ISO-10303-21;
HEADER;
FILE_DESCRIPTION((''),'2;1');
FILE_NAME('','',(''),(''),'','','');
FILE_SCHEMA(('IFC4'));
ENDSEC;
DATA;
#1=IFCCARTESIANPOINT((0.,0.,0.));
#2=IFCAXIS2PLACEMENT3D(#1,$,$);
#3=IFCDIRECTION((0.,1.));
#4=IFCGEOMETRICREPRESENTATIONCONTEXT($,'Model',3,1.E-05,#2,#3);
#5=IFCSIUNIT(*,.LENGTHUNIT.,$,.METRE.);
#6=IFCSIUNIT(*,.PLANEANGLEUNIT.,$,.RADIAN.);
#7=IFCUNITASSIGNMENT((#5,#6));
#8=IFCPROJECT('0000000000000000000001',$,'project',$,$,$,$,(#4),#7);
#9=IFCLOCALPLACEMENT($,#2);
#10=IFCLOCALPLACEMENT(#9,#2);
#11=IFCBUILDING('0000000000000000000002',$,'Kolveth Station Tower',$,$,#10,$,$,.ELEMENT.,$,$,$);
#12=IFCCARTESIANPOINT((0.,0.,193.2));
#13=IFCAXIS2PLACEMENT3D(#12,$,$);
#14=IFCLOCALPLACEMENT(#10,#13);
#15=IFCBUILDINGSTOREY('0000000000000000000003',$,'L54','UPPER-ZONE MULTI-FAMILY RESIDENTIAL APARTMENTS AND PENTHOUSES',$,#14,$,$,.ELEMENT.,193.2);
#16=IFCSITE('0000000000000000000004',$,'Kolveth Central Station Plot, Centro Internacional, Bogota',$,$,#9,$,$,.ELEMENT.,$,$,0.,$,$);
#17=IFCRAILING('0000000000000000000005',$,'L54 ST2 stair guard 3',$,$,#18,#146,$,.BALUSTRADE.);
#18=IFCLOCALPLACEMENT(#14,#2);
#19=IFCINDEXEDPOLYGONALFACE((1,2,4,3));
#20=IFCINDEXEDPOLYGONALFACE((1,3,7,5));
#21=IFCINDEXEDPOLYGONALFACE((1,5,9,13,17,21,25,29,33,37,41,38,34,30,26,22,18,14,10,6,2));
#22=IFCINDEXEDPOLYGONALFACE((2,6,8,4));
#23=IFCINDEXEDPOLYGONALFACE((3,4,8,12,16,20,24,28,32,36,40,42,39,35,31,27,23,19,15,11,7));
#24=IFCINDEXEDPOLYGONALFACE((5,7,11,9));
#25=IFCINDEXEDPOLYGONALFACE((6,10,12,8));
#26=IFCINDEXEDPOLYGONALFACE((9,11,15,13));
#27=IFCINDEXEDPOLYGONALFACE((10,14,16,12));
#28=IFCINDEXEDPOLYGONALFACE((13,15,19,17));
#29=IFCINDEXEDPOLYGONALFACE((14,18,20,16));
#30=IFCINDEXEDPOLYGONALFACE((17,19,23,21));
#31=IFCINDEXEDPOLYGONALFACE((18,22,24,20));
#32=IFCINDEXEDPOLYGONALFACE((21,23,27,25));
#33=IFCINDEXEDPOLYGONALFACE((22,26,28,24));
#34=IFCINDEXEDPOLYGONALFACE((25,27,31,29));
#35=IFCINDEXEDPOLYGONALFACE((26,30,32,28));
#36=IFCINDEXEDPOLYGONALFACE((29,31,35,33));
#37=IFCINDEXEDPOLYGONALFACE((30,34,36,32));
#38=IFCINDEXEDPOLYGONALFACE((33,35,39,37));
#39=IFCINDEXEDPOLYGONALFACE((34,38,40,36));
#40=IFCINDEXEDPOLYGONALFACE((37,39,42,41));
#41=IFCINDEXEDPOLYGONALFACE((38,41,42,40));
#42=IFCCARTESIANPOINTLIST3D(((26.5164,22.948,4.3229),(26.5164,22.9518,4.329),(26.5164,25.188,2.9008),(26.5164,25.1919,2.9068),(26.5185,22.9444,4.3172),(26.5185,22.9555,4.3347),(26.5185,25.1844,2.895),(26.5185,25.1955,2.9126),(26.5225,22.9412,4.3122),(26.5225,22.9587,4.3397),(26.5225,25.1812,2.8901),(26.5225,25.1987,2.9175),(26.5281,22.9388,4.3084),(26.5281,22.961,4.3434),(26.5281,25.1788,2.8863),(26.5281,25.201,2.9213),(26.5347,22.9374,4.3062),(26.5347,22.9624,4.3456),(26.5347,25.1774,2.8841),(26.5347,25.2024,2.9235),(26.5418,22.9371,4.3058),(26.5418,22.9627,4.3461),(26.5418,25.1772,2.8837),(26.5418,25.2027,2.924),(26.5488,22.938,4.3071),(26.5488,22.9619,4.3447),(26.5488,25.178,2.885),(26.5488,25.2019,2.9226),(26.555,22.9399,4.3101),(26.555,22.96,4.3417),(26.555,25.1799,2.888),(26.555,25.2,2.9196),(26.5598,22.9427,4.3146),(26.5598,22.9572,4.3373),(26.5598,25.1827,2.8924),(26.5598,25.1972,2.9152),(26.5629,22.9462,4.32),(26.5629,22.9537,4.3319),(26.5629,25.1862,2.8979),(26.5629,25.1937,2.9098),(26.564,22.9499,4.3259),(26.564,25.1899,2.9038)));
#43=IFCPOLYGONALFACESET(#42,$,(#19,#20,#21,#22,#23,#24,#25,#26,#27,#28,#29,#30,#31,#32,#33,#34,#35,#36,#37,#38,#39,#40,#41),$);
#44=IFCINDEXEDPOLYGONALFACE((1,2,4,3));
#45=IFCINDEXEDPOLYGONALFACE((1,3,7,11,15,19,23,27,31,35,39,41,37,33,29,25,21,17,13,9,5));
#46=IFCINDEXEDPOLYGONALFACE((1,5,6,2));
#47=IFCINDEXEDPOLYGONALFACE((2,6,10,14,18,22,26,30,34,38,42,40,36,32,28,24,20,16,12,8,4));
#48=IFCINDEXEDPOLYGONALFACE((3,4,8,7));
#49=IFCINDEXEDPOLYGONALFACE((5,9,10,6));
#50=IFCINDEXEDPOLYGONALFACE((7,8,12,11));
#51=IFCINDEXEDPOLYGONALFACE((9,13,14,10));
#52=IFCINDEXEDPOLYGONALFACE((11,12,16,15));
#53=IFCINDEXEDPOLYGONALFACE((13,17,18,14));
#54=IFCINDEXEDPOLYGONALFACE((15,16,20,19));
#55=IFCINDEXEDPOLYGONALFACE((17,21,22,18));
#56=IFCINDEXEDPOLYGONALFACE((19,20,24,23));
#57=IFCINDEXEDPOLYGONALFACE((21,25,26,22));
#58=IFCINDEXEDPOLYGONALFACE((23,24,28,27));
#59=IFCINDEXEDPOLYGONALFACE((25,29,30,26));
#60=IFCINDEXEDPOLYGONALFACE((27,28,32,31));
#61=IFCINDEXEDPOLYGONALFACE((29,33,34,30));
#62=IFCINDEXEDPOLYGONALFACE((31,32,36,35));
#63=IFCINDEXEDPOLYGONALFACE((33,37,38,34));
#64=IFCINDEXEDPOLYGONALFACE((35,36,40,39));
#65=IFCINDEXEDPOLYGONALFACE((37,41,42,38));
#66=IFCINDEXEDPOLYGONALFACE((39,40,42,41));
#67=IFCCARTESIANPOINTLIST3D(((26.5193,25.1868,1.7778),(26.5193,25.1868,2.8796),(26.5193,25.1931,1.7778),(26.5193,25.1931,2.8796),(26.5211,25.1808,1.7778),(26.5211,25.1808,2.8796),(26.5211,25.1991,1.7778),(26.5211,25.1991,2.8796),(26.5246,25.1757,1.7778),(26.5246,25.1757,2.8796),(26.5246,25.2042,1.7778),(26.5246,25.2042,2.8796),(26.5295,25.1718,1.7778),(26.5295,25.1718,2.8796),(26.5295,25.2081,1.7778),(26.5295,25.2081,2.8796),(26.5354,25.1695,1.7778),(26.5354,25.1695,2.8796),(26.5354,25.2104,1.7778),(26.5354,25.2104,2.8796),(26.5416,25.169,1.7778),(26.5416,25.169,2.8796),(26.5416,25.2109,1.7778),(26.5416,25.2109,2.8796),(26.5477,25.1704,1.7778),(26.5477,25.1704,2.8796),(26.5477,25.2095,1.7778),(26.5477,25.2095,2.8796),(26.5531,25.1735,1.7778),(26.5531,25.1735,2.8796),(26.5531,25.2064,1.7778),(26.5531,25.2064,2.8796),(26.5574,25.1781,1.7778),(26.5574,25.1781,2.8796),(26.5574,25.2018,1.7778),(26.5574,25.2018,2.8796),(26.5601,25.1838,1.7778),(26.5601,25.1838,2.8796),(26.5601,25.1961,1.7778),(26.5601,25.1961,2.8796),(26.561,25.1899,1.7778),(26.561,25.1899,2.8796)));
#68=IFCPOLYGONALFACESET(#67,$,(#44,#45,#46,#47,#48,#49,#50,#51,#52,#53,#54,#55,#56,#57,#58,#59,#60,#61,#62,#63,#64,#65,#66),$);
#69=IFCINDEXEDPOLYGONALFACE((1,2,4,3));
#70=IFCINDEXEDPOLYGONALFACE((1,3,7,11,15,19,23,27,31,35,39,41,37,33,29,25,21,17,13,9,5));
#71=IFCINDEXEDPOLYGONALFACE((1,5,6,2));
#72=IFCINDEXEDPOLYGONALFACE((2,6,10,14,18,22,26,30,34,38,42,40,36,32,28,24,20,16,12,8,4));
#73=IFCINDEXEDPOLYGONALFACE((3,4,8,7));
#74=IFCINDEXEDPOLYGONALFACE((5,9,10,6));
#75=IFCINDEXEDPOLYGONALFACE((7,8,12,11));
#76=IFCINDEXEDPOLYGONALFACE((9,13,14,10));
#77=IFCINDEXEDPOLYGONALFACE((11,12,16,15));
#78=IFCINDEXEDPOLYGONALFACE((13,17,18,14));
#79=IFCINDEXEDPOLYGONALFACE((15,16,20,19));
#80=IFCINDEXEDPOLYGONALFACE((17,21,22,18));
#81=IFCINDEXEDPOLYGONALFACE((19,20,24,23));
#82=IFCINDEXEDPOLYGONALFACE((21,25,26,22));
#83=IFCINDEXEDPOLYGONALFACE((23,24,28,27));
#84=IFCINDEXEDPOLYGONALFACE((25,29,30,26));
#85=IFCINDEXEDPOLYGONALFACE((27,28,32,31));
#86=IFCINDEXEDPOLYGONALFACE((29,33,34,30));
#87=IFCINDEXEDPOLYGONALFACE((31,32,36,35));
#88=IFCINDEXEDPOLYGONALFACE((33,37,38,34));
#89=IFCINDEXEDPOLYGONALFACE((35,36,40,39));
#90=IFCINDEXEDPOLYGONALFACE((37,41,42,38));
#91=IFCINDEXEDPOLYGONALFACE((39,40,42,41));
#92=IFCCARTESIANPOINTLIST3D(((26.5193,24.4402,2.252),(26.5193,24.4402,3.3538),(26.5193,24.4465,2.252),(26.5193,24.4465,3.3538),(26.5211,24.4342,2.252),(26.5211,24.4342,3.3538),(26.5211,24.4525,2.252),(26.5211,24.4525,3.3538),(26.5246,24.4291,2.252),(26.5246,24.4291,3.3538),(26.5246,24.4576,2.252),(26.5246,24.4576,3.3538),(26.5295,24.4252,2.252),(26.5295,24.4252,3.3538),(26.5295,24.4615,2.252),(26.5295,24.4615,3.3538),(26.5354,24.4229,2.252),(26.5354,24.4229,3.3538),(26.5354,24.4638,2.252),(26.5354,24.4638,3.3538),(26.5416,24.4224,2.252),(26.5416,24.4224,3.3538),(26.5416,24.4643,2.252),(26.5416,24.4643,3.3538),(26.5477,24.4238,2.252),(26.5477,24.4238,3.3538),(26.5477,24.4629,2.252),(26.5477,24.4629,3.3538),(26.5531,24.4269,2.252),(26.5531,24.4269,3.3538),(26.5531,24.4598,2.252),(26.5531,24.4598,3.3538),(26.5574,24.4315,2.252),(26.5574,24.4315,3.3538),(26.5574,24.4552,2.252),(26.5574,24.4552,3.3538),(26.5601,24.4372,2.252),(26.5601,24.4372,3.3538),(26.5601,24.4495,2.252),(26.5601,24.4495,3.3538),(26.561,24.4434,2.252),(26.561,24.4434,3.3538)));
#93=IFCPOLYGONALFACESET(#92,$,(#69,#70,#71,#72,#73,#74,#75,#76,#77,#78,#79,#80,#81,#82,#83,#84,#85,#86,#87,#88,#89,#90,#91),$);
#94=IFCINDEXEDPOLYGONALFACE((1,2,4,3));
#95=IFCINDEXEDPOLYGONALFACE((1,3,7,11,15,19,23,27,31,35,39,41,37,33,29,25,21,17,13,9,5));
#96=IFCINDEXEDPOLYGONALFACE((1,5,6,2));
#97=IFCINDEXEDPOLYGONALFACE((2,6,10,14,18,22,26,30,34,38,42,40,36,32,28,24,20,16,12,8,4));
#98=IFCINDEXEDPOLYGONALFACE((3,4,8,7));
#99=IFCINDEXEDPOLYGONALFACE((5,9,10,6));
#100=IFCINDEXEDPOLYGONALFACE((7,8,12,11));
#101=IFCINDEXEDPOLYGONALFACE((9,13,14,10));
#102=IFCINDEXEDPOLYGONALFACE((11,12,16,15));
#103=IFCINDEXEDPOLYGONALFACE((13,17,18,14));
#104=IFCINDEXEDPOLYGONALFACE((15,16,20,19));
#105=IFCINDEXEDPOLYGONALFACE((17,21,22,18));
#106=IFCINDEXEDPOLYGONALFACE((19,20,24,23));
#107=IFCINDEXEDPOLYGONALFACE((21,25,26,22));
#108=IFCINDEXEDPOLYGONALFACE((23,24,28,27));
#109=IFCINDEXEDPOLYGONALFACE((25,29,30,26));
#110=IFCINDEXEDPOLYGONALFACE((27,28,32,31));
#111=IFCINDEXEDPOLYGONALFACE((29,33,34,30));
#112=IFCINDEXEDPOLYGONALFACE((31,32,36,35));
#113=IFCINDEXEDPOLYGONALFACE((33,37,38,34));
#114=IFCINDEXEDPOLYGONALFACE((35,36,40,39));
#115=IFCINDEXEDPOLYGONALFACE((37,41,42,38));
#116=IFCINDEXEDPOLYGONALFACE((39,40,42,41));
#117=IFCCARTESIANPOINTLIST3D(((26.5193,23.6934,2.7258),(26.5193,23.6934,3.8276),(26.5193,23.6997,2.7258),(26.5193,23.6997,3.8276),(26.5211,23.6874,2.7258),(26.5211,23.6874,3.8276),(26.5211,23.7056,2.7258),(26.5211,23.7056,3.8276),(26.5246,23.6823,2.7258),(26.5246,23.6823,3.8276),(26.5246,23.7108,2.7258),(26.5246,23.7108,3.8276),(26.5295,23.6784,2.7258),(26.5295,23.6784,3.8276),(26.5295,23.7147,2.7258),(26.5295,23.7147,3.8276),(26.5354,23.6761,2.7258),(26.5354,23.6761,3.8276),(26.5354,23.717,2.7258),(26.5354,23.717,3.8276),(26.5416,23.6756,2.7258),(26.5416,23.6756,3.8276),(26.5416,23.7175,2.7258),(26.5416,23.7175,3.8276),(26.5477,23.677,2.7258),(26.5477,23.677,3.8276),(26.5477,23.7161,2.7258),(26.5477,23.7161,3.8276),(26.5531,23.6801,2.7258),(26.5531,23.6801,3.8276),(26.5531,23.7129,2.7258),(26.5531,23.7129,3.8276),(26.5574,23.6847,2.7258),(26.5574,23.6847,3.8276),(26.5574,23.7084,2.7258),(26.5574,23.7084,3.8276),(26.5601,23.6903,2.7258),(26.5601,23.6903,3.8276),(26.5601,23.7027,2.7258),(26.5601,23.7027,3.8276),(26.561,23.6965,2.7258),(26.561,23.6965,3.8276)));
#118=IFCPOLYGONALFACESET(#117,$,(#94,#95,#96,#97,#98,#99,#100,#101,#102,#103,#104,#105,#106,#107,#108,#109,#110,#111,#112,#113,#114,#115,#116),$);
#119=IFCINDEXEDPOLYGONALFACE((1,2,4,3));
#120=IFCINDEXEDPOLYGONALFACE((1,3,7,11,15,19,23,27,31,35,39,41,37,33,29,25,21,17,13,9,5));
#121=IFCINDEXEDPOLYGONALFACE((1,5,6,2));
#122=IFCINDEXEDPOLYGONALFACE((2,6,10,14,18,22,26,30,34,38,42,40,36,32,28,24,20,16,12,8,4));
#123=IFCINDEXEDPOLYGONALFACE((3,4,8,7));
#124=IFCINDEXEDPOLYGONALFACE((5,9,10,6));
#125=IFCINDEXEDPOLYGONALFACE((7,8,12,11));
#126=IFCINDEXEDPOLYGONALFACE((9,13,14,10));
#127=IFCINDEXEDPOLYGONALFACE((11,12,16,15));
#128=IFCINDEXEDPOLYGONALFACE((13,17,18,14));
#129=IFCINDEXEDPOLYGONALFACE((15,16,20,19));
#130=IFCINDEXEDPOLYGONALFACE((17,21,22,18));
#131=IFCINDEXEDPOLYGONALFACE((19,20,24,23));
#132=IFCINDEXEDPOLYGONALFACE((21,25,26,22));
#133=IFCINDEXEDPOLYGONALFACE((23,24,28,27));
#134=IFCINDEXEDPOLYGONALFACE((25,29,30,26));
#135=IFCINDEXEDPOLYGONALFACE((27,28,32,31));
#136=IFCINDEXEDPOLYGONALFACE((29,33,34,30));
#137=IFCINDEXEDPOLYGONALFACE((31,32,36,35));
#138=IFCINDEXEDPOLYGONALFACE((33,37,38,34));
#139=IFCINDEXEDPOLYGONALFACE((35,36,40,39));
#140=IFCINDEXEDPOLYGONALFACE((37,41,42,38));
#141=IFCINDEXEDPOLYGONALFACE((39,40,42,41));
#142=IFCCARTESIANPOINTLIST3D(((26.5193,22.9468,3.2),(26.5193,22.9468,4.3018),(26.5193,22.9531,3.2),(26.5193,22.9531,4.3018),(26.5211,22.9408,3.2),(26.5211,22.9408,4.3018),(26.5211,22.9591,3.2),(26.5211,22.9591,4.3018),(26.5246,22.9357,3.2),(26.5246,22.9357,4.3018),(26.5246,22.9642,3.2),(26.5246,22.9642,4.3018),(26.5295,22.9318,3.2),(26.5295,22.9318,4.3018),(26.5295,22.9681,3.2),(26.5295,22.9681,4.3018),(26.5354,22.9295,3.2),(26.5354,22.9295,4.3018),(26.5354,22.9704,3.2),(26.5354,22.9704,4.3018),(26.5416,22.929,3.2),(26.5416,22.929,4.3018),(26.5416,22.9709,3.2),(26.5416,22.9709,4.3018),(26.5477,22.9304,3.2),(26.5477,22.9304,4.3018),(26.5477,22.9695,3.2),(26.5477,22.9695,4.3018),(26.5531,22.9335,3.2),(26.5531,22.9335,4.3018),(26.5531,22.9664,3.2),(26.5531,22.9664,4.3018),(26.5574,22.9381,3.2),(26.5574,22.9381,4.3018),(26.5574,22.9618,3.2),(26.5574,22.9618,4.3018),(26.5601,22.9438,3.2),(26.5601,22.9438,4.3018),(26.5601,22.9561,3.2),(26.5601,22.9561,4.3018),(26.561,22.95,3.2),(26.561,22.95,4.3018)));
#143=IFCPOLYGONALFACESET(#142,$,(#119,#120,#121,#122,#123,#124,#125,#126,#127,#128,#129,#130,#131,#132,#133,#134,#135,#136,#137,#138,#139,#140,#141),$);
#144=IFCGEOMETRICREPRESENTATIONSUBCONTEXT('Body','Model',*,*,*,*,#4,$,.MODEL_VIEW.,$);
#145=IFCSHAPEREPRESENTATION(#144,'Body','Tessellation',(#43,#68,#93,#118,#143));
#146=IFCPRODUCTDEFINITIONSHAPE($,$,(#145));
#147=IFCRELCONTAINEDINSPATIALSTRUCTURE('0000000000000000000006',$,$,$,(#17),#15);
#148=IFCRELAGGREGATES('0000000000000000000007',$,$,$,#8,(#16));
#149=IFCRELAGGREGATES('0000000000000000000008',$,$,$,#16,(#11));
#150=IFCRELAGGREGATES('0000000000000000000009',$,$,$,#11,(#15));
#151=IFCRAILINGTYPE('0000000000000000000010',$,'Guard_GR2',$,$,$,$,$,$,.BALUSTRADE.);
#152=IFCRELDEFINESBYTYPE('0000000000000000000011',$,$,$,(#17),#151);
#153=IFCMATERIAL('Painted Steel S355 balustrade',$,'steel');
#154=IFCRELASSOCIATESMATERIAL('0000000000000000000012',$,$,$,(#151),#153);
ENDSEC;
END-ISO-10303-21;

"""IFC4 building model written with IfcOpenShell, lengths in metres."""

from ifc_helpers import new_model, si_unit, direction, frame, origin, origin_2d, place, context, subcontext, project, spatial, circle, extrude, material, type_object, element, save


model = new_model("IFC4")

# Units and contexts
model_context = context("Model", 3, precision=1e-05, world=origin(), true_north=direction((0.0, 1.0)))
body_context = subcontext(model_context, "Body", "Model", "MODEL_VIEW")
ifc_project = project(units=[si_unit("LENGTHUNIT", "METRE"), si_unit("PLANEANGLEUNIT", "RADIAN")], contexts=[model_context])

# Site, building, storey
site_placement = place(None, origin())
site = spatial("IfcSite", under=ifc_project, at=site_placement, Name="Kolveth Central Station Plot, Centro Internacional, Bogota", CompositionType="ELEMENT", RefElevation=0.0)
building_placement = place(site_placement, origin())
building = spatial("IfcBuilding", under=site, at=building_placement, Name="Kolveth Station Tower", CompositionType="ELEMENT")
storey_placement = place(building_placement, frame((0.0, 0.0, 193.2)))
storey = spatial("IfcBuildingStorey", under=building, at=storey_placement, Name="L54", Description="UPPER-ZONE MULTI-FAMILY RESIDENTIAL APARTMENTS AND PENTHOUSES", CompositionType="ELEMENT", Elevation=193.2)

# Railing
ifc_material_1 = material(Name="Painted Steel S355 balustrade", Category="steel")
railing_type_1 = type_object("IfcRailingType", Name="Guard_GR2", PredefinedType="BALUSTRADE", material=ifc_material_1)
railing_1_placement = place(storey_placement, frame((26.54, 25.1899, 1.7778)))
element("IfcRailing", 1, at=railing_1_placement, inside=storey, type_object=railing_type_1, Name="L54 ST2 stair guard 3", PredefinedType="BALUSTRADE", context=body_context, shape_type="SweptSolid", body=[
    extrude(circle(Radius=0.0239, at=origin_2d()), frame((0.0, 0.0, 1.126), z_axis=(0.0, -0.844229, 0.535982), x_axis=(1.0, 0.0, 0.0)), (0.0, 0.0, 1.0), 2.6533),
    extrude(circle(Radius=0.021, at=origin_2d()), origin(), (0.0, 0.0, 1.0), 1.1018),
    extrude(circle(Radius=0.021, at=origin_2d()), frame((0.0, -0.7466, 0.4741)), (0.0, 0.0, 1.0), 1.1018),
    extrude(circle(Radius=0.021, at=origin_2d()), frame((0.0, -1.4934, 0.948)), (0.0, 0.0, 1.0), 1.1018),
    extrude(circle(Radius=0.021, at=origin_2d()), frame((0.0, -2.24, 1.4221)), (0.0, 0.0, 1.0), 1.1018),
])

save(model, "model.ifc")
